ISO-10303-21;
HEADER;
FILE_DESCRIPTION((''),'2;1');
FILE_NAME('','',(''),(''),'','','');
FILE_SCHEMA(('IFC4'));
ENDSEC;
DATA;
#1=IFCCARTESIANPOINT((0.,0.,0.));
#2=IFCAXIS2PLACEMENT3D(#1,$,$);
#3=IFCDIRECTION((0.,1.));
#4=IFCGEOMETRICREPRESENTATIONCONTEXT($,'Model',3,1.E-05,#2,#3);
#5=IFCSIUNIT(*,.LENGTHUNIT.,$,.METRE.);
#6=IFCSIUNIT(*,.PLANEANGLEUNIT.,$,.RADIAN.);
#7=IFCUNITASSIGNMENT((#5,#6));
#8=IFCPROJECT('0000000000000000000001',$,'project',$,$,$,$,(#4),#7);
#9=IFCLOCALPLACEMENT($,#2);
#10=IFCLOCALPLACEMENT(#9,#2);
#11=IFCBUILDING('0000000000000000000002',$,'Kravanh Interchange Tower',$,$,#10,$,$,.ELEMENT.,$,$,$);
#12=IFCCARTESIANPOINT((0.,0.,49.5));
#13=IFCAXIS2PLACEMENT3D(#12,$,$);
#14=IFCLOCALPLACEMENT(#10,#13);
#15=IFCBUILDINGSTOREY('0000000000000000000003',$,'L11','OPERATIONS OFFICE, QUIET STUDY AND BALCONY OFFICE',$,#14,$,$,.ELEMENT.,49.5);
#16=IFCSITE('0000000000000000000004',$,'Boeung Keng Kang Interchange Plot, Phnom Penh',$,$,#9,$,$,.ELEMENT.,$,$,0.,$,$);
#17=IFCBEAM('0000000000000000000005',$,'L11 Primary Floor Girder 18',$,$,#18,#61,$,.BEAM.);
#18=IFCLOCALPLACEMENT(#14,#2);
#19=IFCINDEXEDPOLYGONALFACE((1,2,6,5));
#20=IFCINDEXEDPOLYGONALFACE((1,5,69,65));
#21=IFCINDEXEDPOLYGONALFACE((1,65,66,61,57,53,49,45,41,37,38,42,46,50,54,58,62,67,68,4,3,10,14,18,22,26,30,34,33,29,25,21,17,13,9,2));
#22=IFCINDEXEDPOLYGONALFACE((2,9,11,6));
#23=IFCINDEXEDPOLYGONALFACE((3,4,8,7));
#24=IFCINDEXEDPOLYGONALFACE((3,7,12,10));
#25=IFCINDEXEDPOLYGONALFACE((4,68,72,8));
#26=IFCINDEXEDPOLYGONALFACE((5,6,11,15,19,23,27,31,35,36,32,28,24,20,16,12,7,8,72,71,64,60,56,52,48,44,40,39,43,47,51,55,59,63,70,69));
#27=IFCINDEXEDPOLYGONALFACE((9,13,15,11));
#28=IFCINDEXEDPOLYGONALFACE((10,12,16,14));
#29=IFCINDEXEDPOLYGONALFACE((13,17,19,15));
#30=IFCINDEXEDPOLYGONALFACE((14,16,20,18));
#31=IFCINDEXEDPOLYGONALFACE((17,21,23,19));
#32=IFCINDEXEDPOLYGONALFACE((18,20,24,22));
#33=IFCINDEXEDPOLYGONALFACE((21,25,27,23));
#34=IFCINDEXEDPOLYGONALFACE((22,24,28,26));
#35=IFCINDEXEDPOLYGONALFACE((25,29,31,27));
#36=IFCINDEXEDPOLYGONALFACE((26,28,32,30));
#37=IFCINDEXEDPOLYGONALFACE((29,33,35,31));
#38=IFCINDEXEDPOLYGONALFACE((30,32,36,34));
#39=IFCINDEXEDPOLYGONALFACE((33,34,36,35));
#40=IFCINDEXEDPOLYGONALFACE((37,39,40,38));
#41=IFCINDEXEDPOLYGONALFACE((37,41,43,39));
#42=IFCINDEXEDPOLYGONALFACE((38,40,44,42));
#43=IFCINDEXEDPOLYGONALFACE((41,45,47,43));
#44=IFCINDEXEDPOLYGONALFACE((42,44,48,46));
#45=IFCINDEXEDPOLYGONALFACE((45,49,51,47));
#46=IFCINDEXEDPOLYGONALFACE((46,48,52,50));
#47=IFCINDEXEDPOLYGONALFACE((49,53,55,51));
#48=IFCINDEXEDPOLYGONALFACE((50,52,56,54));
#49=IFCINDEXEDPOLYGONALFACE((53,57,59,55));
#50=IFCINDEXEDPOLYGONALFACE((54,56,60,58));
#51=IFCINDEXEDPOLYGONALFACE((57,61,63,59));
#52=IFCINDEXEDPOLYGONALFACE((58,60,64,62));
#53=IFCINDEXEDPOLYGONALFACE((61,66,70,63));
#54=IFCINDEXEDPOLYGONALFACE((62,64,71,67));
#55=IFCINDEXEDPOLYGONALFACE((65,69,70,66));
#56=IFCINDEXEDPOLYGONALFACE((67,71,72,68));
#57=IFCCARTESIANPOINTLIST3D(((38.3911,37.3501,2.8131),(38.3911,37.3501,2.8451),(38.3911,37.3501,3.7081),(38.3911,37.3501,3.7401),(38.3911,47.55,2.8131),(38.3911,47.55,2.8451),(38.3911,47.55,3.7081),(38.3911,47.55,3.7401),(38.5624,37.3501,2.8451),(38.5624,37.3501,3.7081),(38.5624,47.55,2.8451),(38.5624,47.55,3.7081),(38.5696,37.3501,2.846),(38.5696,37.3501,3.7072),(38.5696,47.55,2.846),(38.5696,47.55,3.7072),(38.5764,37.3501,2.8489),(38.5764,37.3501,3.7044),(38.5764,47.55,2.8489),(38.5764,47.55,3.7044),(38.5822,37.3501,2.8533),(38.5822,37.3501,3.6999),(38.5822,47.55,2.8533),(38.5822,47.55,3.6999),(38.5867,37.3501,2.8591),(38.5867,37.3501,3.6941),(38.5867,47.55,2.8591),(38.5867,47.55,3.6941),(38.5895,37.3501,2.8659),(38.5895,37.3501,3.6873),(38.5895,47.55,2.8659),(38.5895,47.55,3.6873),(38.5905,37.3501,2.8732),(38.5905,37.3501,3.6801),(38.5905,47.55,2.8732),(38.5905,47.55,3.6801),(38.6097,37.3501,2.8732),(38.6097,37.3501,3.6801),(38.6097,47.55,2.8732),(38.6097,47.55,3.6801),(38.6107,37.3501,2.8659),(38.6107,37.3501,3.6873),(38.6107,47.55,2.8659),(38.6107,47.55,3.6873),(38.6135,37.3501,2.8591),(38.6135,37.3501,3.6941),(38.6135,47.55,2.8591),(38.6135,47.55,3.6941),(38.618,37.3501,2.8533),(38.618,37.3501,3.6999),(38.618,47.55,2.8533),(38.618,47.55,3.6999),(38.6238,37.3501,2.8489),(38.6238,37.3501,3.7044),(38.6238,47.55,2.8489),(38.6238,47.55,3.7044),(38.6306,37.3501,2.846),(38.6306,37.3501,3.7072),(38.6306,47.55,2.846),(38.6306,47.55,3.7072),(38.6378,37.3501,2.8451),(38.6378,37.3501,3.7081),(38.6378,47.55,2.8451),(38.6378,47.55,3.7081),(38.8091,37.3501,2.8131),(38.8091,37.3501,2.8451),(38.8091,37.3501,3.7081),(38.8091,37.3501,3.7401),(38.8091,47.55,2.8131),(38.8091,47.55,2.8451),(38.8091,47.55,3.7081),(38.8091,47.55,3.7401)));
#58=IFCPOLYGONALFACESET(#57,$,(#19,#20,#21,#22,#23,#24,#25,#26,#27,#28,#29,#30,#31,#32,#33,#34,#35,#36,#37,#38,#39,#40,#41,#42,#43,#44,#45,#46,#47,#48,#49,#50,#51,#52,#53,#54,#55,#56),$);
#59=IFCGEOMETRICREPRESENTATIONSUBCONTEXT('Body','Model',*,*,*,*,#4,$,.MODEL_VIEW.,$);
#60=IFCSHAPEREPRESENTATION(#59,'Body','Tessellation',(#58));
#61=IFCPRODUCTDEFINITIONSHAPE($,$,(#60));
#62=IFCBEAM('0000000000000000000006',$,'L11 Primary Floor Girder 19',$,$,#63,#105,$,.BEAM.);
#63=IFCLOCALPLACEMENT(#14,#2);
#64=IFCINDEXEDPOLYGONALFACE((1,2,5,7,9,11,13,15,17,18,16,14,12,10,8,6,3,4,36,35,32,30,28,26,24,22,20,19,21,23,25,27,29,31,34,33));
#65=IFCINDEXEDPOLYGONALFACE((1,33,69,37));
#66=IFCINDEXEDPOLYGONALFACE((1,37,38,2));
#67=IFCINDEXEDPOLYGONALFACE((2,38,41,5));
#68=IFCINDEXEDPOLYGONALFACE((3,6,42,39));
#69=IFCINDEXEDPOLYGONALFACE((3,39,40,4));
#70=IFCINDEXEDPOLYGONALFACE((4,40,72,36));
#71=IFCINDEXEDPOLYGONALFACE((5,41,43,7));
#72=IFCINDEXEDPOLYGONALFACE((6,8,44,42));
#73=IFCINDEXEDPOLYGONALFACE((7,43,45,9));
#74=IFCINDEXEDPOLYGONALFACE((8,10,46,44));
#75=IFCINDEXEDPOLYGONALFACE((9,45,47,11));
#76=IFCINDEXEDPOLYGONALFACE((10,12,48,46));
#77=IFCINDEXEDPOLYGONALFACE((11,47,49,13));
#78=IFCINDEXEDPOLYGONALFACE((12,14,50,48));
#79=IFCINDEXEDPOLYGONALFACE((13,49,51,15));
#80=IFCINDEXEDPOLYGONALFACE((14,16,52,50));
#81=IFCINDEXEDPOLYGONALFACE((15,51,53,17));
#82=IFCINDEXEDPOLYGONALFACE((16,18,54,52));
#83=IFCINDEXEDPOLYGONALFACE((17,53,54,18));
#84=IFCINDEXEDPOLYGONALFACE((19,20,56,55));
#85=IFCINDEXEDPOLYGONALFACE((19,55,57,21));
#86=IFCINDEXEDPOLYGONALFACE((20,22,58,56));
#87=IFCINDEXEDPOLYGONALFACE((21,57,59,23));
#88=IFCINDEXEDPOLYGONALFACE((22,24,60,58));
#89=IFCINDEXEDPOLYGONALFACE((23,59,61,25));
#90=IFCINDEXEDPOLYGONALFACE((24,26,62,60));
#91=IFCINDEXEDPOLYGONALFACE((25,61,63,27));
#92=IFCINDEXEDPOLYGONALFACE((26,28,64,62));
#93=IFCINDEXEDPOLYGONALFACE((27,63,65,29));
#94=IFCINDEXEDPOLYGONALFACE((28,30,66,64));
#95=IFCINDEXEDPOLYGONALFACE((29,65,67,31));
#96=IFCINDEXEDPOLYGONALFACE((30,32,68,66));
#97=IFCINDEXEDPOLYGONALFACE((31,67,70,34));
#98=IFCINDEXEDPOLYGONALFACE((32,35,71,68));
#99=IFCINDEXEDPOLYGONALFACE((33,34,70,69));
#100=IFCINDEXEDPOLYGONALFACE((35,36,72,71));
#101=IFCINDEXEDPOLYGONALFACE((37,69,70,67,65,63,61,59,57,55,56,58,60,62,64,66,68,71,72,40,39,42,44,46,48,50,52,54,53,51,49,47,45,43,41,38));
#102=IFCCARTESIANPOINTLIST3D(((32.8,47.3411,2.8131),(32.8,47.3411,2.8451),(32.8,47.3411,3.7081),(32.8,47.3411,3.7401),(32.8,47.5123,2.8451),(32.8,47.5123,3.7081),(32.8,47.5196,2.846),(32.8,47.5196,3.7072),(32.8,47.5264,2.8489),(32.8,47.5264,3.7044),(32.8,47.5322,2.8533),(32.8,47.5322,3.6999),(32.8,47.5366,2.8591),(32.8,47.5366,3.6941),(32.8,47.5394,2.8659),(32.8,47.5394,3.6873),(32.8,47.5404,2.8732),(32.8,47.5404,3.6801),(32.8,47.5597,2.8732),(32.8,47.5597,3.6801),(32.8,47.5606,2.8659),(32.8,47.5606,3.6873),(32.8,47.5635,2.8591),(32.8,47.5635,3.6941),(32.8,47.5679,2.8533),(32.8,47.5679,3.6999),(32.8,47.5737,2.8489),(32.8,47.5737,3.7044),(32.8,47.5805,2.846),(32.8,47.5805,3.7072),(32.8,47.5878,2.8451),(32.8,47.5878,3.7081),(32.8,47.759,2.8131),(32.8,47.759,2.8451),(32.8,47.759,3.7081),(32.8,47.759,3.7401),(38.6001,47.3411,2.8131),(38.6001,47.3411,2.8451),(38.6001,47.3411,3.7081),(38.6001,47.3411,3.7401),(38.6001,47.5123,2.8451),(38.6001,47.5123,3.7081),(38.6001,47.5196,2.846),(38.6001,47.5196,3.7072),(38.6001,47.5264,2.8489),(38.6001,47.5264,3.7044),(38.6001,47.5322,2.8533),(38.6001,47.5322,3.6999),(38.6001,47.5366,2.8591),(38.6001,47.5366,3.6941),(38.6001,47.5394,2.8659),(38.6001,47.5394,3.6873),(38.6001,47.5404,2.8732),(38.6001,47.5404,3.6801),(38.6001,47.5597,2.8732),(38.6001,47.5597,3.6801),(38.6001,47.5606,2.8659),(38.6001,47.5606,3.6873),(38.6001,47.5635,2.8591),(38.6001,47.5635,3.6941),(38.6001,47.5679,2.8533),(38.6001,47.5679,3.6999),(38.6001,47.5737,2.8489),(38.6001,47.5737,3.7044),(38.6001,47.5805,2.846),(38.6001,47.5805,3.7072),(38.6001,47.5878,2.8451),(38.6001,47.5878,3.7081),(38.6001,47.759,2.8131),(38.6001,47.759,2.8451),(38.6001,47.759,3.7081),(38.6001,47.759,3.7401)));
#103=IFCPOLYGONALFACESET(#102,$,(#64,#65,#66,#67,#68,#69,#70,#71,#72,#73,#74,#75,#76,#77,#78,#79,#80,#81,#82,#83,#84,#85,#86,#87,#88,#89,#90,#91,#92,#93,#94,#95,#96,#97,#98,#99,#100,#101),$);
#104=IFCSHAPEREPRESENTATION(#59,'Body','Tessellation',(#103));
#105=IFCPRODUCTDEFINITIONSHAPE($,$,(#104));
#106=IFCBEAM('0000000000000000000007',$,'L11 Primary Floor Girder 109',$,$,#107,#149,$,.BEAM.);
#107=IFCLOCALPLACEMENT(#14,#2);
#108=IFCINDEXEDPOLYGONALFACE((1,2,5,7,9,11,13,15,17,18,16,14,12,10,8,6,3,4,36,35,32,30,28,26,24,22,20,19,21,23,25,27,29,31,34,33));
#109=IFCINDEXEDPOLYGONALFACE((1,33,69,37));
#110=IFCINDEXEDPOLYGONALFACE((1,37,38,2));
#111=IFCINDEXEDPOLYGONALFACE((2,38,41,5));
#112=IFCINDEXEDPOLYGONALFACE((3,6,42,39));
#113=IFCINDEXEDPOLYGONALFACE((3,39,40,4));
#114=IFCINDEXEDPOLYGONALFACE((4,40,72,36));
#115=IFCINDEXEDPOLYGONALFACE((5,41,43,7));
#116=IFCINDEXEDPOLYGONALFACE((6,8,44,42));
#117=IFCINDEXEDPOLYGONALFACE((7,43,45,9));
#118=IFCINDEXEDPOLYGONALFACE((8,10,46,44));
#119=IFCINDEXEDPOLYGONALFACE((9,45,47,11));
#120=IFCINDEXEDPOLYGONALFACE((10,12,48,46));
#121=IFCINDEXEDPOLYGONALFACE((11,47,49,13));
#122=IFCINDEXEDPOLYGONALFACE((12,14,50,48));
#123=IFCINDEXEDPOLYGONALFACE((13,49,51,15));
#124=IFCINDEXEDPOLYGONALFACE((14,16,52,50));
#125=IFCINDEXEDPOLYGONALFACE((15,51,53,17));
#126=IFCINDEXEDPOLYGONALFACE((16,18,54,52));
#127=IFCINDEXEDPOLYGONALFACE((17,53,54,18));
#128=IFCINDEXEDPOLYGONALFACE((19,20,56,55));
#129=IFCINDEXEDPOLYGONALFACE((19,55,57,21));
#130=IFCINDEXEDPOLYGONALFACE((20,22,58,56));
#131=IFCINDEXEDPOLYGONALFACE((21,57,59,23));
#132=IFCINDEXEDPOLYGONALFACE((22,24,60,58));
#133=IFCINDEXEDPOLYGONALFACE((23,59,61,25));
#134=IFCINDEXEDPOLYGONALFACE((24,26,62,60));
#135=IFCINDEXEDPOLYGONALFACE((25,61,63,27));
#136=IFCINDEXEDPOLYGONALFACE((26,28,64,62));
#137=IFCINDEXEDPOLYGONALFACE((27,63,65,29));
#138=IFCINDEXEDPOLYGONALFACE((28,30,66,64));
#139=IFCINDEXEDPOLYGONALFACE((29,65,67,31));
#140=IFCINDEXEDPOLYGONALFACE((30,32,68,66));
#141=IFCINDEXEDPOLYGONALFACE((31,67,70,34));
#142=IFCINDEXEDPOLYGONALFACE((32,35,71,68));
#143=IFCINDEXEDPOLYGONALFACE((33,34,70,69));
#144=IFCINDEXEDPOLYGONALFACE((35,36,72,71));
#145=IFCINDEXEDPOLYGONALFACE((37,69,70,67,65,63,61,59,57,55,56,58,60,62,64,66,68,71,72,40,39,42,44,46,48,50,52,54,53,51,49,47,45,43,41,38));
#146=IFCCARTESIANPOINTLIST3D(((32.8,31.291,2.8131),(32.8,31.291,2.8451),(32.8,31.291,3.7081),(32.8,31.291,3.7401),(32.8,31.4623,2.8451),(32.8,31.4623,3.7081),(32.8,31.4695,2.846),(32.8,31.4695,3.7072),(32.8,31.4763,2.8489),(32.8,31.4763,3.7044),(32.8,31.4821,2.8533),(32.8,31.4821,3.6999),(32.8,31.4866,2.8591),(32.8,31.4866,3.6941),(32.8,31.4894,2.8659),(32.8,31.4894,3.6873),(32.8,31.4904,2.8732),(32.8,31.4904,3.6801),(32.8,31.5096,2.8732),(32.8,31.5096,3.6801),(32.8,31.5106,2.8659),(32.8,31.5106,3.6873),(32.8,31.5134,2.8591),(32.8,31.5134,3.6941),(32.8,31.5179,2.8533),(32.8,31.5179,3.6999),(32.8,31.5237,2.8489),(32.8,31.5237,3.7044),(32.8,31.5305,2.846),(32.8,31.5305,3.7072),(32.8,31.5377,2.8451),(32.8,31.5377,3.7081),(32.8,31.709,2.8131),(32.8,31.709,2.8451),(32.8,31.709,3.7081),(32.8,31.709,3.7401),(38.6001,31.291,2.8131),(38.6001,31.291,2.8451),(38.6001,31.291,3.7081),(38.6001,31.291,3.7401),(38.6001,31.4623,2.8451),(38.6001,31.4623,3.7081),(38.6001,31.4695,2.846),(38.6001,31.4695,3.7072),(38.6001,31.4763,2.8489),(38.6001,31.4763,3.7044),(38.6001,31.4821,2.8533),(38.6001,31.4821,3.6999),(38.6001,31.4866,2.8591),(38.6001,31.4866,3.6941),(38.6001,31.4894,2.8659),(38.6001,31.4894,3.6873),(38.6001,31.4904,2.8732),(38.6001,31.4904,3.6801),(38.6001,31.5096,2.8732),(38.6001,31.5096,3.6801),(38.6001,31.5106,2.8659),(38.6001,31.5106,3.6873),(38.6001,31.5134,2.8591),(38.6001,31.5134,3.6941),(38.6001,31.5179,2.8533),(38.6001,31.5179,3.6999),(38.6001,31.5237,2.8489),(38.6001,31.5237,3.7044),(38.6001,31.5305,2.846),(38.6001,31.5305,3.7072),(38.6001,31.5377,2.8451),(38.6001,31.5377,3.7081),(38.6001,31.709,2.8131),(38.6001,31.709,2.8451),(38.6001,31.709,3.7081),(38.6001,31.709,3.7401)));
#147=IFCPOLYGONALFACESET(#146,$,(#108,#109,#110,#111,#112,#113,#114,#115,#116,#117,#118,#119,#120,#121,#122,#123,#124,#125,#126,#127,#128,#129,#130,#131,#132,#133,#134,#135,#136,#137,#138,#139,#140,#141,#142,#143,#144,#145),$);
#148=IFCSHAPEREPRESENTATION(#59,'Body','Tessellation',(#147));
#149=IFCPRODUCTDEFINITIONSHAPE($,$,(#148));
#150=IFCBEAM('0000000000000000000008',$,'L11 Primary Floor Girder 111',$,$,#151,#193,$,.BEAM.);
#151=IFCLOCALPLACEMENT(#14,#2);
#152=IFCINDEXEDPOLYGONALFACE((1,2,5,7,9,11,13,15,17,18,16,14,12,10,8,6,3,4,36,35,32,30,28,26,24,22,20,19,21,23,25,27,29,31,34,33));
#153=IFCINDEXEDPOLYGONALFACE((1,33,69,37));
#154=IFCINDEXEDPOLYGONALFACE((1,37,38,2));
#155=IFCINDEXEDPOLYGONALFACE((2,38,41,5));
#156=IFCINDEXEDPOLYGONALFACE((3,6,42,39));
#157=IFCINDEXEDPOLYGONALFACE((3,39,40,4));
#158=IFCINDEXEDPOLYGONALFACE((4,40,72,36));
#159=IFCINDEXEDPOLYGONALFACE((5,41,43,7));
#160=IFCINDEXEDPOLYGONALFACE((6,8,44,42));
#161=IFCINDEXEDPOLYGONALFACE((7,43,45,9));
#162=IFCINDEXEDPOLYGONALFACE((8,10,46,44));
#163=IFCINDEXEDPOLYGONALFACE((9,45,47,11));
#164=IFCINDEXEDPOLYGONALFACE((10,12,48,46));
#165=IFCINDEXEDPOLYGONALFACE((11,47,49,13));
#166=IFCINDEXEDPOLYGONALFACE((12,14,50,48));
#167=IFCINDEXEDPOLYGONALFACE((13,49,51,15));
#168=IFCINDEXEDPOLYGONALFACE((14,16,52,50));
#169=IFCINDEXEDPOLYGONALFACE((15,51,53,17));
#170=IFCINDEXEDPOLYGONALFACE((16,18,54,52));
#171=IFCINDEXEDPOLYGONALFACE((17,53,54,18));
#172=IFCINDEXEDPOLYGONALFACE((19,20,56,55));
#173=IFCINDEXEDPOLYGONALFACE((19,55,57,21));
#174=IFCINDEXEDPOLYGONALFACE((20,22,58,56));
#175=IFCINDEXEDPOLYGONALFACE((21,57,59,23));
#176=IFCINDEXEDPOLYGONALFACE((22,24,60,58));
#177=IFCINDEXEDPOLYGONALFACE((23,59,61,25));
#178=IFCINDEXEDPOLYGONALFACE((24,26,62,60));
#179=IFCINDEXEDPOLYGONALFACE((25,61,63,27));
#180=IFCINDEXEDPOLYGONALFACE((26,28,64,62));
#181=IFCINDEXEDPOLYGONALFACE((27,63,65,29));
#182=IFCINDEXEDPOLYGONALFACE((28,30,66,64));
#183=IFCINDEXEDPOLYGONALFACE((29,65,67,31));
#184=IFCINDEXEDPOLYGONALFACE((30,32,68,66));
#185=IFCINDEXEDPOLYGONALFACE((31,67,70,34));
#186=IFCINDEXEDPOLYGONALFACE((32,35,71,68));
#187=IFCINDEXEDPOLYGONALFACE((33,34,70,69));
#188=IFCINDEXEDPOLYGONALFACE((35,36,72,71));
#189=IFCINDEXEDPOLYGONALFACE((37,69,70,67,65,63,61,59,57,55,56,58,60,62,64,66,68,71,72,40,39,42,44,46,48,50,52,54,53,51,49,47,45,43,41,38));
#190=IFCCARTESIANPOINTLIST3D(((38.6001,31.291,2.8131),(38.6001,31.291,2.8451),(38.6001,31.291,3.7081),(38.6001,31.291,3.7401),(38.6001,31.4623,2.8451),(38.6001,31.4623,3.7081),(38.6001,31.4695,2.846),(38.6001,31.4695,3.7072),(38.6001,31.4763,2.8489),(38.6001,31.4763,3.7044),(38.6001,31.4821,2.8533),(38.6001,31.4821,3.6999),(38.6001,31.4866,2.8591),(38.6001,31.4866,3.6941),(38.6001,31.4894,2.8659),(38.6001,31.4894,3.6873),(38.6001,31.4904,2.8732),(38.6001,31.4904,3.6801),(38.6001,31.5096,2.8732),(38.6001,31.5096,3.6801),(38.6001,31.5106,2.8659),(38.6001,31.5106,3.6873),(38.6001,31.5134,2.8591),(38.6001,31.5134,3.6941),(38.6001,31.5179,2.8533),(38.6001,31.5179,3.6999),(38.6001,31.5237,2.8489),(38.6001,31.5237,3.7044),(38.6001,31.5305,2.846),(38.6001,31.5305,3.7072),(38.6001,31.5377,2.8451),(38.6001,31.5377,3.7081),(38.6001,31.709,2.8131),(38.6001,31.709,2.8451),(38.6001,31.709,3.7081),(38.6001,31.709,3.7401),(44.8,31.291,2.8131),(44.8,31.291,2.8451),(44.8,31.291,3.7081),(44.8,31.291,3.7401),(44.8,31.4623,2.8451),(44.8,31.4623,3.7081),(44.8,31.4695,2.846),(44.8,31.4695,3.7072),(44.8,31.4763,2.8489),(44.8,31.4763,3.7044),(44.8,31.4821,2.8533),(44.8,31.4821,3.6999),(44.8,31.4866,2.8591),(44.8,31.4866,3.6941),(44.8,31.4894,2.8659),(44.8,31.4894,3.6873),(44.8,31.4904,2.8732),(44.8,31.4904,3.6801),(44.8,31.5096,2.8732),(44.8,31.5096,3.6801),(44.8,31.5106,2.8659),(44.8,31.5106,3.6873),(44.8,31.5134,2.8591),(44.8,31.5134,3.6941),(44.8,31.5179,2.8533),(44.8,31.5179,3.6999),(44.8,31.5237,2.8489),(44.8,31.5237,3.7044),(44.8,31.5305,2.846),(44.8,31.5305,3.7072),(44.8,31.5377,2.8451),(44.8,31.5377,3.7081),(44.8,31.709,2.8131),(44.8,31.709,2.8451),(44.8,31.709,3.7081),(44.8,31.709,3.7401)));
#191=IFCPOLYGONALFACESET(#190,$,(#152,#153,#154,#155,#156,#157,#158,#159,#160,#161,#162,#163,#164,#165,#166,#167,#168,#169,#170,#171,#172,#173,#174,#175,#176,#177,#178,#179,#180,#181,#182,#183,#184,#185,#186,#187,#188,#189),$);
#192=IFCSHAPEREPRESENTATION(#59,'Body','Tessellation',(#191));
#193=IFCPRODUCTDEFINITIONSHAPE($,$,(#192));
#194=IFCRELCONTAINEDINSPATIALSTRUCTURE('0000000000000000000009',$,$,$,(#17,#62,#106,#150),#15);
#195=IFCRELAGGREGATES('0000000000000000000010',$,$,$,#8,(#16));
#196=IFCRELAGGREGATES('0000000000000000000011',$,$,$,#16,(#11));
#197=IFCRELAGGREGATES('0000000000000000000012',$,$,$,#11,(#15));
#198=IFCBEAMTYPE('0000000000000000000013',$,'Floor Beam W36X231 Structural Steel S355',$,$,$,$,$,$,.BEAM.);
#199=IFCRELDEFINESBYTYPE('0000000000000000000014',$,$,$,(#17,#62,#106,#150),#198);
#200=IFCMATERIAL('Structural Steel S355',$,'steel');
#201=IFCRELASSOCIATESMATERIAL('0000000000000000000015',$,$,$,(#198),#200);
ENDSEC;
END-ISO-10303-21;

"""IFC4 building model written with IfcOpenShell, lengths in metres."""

from ifc_helpers import new_model, si_unit, direction, frame, origin, origin_2d, place, context, subcontext, project, spatial, i_section, extrude, material, material_profile, profile_set, type_object, element, save


model = new_model("IFC4")

# Units and contexts
model_context = context("Model", 3, precision=1e-05, world=origin(), true_north=direction((0.0, 1.0)))
body_context = subcontext(model_context, "Body", "Model", "MODEL_VIEW")
ifc_project = project(units=[si_unit("LENGTHUNIT", "METRE"), si_unit("PLANEANGLEUNIT", "RADIAN")], contexts=[model_context])

# Site, building, storey
site_placement = place(None, origin())
site = spatial("IfcSite", under=ifc_project, at=site_placement, Name="Boeung Keng Kang Interchange Plot, Phnom Penh", CompositionType="ELEMENT", RefElevation=0.0)
building_placement = place(site_placement, origin())
building = spatial("IfcBuilding", under=site, at=building_placement, Name="Kravanh Interchange Tower", CompositionType="ELEMENT")
storey_placement = place(building_placement, frame((0.0, 0.0, 49.5)))
storey = spatial("IfcBuildingStorey", under=building, at=storey_placement, Name="L11", Description="OPERATIONS OFFICE, QUIET STUDY AND BALCONY OFFICE", CompositionType="ELEMENT", Elevation=49.5)

# Beams
ifc_material_1 = material(Name="Structural Steel S355", Category="steel")
ifc_material_profile_1 = material_profile(ifc_material_1, i_section(OverallWidth=0.418, OverallDepth=0.927, WebThickness=0.0193, FlangeThickness=0.032, FilletRadius=0.0281, at=origin_2d()), Name="W36X231")
ifc_profile_set_1 = profile_set([ifc_material_profile_1], Name="Structural Steel S355")
beam_type_1 = type_object("IfcBeamType", Name="Floor Beam W36X231 Structural Steel S355", PredefinedType="BEAM", material=ifc_profile_set_1)
beam_1_placement = place(storey_placement, frame((38.6001, 37.3501, 3.2766), z_axis=(0.0, 1.0, 0.0), x_axis=(-1.0, 0.0, 0.0)))
element("IfcBeam", 1, at=beam_1_placement, inside=storey, type_object=beam_type_1, Name="L11 Primary Floor Girder 18", PredefinedType="BEAM", context=body_context, shape_type="SweptSolid", body=[
    extrude(i_section(OverallWidth=0.418, OverallDepth=0.927, WebThickness=0.0193, FlangeThickness=0.032, FilletRadius=0.0281, at=origin_2d()), origin(), (0.0, 0.0, 1.0), 10.2),
])
for number, where, z_axis, x_axis, name in (
    (2, (38.6001, 47.55, 3.2766), (-1.0, 0.0, 0.0), (0.0, -1.0, 0.0), "L11 Primary Floor Girder 19"),
    (3, (32.8, 31.5, 3.2766), (1.0, 0.0, 0.0), (0.0, 1.0, 0.0), "L11 Primary Floor Girder 109"),
):
    element("IfcBeam", number, at=place(storey_placement, frame(where, z_axis=z_axis, x_axis=x_axis)), inside=storey, type_object=beam_type_1, Name=name, PredefinedType="BEAM", context=body_context, shape_type="SweptSolid", body=[
        extrude(i_section(OverallWidth=0.418, OverallDepth=0.927, WebThickness=0.0193, FlangeThickness=0.032, FilletRadius=0.0281, at=origin_2d()), origin(), (0.0, 0.0, 1.0), 5.8),
    ])
beam_2_placement = place(storey_placement, frame((38.6001, 31.5, 3.2766), z_axis=(1.0, 0.0, 0.0), x_axis=(0.0, 1.0, 0.0)))
element("IfcBeam", 4, at=beam_2_placement, inside=storey, type_object=beam_type_1, Name="L11 Primary Floor Girder 111", PredefinedType="BEAM", context=body_context, shape_type="SweptSolid", body=[
    extrude(i_section(OverallWidth=0.418, OverallDepth=0.927, WebThickness=0.0193, FlangeThickness=0.032, FilletRadius=0.0281, at=origin_2d()), origin(), (0.0, 0.0, 1.0), 6.2),
])

save(model, "model.ifc")
